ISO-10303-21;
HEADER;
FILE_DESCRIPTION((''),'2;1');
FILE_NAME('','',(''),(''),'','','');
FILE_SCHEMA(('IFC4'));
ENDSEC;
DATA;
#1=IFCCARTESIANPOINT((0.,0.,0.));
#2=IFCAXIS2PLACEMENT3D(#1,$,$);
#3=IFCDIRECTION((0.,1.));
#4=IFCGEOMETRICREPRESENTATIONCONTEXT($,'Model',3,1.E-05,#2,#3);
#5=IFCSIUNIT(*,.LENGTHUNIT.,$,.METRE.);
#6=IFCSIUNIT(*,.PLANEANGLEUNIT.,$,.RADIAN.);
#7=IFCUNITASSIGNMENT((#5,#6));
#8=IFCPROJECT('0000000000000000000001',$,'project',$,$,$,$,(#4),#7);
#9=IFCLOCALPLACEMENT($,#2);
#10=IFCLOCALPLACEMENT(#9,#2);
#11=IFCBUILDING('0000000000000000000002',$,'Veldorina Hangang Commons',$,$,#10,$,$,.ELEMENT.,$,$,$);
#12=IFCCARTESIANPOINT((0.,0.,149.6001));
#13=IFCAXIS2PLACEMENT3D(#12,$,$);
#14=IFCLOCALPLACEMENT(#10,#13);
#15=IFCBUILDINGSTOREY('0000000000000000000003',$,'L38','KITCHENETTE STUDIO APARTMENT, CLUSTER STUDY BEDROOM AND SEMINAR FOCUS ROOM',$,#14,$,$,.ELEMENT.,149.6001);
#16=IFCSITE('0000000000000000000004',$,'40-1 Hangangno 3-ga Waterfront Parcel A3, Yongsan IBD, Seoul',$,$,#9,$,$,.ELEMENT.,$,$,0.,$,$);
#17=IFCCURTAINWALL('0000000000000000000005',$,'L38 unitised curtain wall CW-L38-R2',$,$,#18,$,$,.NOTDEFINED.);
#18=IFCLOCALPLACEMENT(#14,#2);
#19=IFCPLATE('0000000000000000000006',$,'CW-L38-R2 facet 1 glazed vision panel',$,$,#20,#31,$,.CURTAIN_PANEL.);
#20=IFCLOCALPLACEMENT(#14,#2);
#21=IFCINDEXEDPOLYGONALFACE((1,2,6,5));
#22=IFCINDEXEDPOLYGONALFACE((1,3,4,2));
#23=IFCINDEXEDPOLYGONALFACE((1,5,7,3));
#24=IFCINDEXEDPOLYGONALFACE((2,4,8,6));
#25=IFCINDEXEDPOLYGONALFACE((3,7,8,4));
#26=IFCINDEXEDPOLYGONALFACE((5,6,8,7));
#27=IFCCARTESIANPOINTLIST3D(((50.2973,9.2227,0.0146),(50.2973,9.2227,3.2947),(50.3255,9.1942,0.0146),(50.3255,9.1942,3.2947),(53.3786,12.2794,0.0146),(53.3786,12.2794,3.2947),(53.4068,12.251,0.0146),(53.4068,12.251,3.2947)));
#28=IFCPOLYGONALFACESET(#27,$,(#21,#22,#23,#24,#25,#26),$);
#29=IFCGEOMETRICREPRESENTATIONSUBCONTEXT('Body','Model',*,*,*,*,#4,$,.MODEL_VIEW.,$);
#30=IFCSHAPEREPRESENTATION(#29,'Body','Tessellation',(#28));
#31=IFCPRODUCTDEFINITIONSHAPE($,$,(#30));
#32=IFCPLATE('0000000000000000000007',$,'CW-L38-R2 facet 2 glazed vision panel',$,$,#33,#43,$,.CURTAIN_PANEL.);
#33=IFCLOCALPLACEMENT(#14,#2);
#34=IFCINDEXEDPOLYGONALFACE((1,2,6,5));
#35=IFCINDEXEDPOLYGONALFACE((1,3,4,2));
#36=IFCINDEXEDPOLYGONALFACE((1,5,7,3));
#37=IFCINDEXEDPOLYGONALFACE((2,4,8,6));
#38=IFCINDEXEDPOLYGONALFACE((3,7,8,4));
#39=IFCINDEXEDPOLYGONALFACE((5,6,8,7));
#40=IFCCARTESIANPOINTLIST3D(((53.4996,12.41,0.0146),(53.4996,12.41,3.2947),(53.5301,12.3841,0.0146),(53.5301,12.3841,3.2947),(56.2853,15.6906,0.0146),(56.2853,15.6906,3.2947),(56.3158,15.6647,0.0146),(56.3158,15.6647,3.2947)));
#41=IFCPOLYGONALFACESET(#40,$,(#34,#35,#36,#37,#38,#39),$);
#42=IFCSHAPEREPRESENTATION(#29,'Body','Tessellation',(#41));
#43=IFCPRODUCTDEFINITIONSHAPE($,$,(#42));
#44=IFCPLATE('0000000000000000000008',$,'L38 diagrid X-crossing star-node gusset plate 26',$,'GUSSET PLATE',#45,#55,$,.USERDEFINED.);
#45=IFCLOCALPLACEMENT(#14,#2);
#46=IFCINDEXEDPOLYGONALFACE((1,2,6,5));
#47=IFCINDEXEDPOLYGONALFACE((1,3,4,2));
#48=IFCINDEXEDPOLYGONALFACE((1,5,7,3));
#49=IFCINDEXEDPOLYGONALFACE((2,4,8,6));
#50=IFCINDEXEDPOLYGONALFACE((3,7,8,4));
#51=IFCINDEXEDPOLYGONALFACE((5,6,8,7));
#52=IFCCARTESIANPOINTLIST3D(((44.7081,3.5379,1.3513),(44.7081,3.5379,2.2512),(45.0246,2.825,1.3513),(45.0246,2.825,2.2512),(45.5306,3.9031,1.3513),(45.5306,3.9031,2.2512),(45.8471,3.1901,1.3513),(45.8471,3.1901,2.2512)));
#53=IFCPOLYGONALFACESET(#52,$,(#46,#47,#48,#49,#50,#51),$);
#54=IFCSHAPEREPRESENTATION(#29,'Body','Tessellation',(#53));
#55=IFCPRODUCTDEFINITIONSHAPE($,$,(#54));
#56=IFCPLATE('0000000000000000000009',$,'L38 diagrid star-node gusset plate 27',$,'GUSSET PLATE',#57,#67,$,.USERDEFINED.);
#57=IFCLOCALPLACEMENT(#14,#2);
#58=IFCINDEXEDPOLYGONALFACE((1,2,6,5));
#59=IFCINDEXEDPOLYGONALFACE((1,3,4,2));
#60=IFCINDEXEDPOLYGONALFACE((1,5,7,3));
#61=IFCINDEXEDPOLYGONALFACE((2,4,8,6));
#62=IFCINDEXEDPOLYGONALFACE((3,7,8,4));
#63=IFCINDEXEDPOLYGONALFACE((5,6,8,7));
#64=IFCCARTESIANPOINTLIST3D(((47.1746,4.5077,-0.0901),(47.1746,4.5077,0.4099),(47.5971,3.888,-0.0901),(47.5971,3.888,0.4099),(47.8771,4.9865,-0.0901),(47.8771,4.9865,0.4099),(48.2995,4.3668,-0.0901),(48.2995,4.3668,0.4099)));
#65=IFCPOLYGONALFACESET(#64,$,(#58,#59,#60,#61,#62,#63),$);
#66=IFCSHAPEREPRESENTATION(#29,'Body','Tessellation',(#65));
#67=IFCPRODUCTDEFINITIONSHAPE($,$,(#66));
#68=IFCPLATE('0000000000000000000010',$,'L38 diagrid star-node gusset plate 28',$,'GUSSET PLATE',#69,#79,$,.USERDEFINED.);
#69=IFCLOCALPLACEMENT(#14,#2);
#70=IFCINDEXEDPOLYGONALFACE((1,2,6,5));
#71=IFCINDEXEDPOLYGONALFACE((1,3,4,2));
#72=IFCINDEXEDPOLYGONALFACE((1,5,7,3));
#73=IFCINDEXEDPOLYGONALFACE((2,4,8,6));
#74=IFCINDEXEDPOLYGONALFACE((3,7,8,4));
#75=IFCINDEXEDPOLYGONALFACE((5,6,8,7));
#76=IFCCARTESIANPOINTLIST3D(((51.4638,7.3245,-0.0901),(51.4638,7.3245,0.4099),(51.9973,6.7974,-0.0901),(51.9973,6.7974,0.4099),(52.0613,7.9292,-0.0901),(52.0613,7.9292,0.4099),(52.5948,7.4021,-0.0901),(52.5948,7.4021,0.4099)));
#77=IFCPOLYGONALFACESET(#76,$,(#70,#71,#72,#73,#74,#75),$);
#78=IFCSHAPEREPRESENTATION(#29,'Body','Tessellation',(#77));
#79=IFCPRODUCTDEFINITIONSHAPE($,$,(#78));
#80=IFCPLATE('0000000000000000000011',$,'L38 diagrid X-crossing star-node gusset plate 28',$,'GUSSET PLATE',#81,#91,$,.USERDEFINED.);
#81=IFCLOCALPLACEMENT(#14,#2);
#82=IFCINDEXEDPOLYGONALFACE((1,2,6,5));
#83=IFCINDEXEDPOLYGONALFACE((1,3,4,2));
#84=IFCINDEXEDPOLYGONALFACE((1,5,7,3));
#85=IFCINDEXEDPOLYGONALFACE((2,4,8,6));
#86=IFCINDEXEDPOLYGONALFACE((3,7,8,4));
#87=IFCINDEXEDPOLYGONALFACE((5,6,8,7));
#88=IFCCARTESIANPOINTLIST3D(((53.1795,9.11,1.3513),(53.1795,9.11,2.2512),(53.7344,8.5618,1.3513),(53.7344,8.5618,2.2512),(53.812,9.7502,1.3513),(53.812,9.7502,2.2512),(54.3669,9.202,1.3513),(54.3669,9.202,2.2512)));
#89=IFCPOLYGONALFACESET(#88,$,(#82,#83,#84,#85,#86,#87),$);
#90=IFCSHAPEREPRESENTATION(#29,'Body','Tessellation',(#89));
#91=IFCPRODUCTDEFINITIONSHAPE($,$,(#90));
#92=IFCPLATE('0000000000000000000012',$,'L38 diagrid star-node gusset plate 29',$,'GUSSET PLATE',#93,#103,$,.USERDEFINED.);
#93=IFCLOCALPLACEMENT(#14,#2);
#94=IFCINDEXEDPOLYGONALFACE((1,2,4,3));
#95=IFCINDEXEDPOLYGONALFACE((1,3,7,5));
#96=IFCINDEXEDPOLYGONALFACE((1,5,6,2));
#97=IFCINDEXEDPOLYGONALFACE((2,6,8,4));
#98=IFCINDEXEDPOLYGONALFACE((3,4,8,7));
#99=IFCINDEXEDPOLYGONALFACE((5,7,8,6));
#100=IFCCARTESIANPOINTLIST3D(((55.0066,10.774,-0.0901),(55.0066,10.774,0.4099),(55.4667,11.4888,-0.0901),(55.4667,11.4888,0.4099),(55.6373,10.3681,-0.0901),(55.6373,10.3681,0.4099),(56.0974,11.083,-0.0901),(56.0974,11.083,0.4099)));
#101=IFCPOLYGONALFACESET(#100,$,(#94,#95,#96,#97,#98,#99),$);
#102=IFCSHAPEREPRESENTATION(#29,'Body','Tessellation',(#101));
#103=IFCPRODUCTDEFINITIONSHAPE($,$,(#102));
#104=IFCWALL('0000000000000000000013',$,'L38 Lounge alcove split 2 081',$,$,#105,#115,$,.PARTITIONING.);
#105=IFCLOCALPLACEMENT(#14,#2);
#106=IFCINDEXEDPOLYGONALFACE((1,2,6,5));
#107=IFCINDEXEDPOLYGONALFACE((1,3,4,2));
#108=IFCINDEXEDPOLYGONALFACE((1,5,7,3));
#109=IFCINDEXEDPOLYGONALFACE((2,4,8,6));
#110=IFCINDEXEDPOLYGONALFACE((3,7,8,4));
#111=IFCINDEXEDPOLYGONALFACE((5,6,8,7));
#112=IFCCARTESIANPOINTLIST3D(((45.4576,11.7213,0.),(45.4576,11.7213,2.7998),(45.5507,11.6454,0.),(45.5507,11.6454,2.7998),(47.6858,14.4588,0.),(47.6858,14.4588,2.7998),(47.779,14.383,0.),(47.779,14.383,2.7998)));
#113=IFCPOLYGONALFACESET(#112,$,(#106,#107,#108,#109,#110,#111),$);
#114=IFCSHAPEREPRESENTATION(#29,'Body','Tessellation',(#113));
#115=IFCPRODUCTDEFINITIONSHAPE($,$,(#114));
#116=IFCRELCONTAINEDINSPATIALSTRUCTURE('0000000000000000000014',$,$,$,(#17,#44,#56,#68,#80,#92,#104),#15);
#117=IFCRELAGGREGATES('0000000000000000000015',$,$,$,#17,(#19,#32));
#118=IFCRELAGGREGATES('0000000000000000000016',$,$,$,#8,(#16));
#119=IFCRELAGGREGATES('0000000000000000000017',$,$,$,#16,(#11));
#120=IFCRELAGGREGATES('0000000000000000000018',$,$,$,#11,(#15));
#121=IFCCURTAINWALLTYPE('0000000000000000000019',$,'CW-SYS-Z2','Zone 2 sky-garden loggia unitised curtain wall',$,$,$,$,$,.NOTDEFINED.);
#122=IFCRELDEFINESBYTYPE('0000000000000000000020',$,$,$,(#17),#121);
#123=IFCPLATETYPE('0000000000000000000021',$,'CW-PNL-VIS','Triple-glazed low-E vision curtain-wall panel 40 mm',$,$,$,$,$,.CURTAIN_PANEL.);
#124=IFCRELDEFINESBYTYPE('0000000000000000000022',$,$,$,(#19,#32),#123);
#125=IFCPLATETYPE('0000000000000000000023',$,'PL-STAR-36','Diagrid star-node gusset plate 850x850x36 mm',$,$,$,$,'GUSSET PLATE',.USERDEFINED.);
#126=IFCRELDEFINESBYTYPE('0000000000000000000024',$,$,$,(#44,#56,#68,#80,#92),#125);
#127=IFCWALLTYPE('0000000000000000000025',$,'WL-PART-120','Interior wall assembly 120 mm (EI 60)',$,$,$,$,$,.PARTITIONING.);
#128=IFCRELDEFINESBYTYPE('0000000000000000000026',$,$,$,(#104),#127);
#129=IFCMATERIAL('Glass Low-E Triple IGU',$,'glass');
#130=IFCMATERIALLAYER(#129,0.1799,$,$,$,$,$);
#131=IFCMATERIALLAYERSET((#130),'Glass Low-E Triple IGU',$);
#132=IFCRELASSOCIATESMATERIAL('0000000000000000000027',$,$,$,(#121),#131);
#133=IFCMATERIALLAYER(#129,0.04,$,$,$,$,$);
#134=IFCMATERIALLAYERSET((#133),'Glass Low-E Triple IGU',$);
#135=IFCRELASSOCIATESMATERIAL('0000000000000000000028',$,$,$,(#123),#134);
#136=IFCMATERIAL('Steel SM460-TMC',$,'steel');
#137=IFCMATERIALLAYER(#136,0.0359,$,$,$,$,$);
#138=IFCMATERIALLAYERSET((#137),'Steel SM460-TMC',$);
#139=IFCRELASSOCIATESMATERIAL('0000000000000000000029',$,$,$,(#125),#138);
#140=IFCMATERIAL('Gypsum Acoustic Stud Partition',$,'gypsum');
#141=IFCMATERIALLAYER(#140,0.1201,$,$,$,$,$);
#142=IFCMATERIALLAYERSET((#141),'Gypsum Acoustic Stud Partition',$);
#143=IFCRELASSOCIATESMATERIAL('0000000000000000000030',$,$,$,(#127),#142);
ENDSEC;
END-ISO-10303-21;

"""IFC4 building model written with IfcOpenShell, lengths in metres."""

from ifc_helpers import new_model, si_unit, direction, frame, frame_2d, origin, origin_2d, place, context, subcontext, project, spatial, rectangle, extrude, material, layer, layer_set, type_object, element, aggregate, save


model = new_model("IFC4")

# Units and contexts
model_context = context("Model", 3, precision=1e-05, world=origin(), true_north=direction((0.0, 1.0)))
body_context = subcontext(model_context, "Body", "Model", "MODEL_VIEW")
ifc_project = project(units=[si_unit("LENGTHUNIT", "METRE"), si_unit("PLANEANGLEUNIT", "RADIAN")], contexts=[model_context])

# Site, building, storey
site_placement = place(None, origin())
site = spatial("IfcSite", under=ifc_project, at=site_placement, Name="40-1 Hangangno 3-ga Waterfront Parcel A3, Yongsan IBD, Seoul", CompositionType="ELEMENT", RefElevation=0.0)
building_placement = place(site_placement, origin())
building = spatial("IfcBuilding", under=site, at=building_placement, Name="Veldorina Hangang Commons", CompositionType="ELEMENT")
storey_placement = place(building_placement, frame((0.0, 0.0, 149.6001)))
storey = spatial("IfcBuildingStorey", under=building, at=storey_placement, Name="L38", Description="KITCHENETTE STUDIO APARTMENT, CLUSTER STUDY BEDROOM AND SEMINAR FOCUS ROOM", CompositionType="ELEMENT", Elevation=149.6001)

# Shared definitions
ifc_material_1 = material(Name="Glass Low-E Triple IGU", Category="glass")
ifc_layer_1 = layer(ifc_material_1, 0.1799)
ifc_layer_set_1 = layer_set([ifc_layer_1], Name="Glass Low-E Triple IGU")
curtain_wall_type = type_object("IfcCurtainWallType", Name="CW-SYS-Z2", Description="Zone 2 sky-garden loggia unitised curtain wall", PredefinedType="NOTDEFINED", material=ifc_layer_set_1)

# Curtain wall
curtain_wall_1_placement = place(storey_placement, origin())
curtain_wall_1 = element("IfcCurtainWall", 1, at=curtain_wall_1_placement, inside=storey, type_object=curtain_wall_type, Name="L38 unitised curtain wall CW-L38-R2", PredefinedType="NOTDEFINED")

# Plates
ifc_layer_2 = layer(ifc_material_1, 0.04)
ifc_layer_set_2 = layer_set([ifc_layer_2], Name="Glass Low-E Triple IGU")
plate_type_1 = type_object("IfcPlateType", Name="CW-PNL-VIS", Description="Triple-glazed low-E vision curtain-wall panel 40 mm", PredefinedType="CURTAIN_PANEL", material=ifc_layer_set_2)
plate_1_placement = place(storey_placement, frame((51.8521, 10.7368, 0.0146), z_axis=(0.0, 0.0, 1.0), x_axis=(0.70994, 0.704263, 0.0)))
plate_1 = element("IfcPlate", 2, at=plate_1_placement, type_object=plate_type_1, Name="CW-L38-R2 facet 1 glazed vision panel", PredefinedType="CURTAIN_PANEL", context=body_context, shape_type="SweptSolid", body=[
    extrude(rectangle(XDim=4.3403, YDim=0.04, at=origin_2d()), origin(), (0.0, 0.0, 1.0), 3.28),
])
plate_2_placement = place(storey_placement, frame((54.9077, 14.0374, 0.0146), z_axis=(0.0, 0.0, 1.0), x_axis=(0.647269, 0.762262, 0.0)))
plate_2 = element("IfcPlate", 3, at=plate_2_placement, type_object=plate_type_1, Name="CW-L38-R2 facet 2 glazed vision panel", PredefinedType="CURTAIN_PANEL", context=body_context, shape_type="SweptSolid", body=[
    extrude(rectangle(XDim=4.3037, YDim=0.04, at=origin_2d()), origin(), (0.0, 0.0, 1.0), 3.28),
])
aggregate(curtain_wall_1, [plate_1, plate_2])

# Plates
ifc_material_2 = material(Name="Steel SM460-TMC", Category="steel")
ifc_layer_3 = layer(ifc_material_2, 0.0359)
ifc_layer_set_3 = layer_set([ifc_layer_3], Name="Steel SM460-TMC")
plate_type_2 = type_object("IfcPlateType", Name="PL-STAR-36", Description="Diagrid star-node gusset plate 850x850x36 mm", ElementType="GUSSET PLATE", PredefinedType="USERDEFINED", material=ifc_layer_set_3)
plate_3_placement = place(storey_placement, frame((45.2776, 3.364, 1.3513), z_axis=(0.0, 0.0, 1.0), x_axis=(0.913971, 0.40578, 0.0)))
element("IfcPlate", 4, at=plate_3_placement, inside=storey, type_object=plate_type_2, Name="L38 diagrid X-crossing star-node gusset plate 26", ObjectType="GUSSET PLATE", PredefinedType="USERDEFINED", context=body_context, shape_type="SweptSolid", body=[
    extrude(rectangle(XDim=0.8999, YDim=0.78, at=origin_2d()), origin(), (0.0, 0.0, 1.0), 0.8999),
])
for number, where, z_axis, x_axis, name in (
    (5, (47.7371, 4.4373, -0.0901), (0.0, 0.0, 1.0), (0.826285, 0.563252, 0.0), "L38 diagrid star-node gusset plate 27"),
    (6, (52.0293, 7.3633, -0.0901), (0.0, 0.0, 1.0), (0.702836, 0.711352, 0.0), "L38 diagrid star-node gusset plate 28"),
):
    element("IfcPlate", number, at=place(storey_placement, frame(where, z_axis=z_axis, x_axis=x_axis)), inside=storey, type_object=plate_type_2, Name=name, ObjectType="GUSSET PLATE", PredefinedType="USERDEFINED", context=body_context, shape_type="SweptSolid", body=[
        extrude(rectangle(XDim=0.8501, YDim=0.75, at=origin_2d()), origin(), (0.0, 0.0, 1.0), 0.5),
    ])
plate_4_placement = place(storey_placement, frame((53.7732, 9.156, 1.3513), z_axis=(0.0, 0.0, 1.0), x_axis=(0.702836, 0.711352, 0.0)))
element("IfcPlate", 7, at=plate_4_placement, inside=storey, type_object=plate_type_2, Name="L38 diagrid X-crossing star-node gusset plate 28", ObjectType="GUSSET PLATE", PredefinedType="USERDEFINED", context=body_context, shape_type="SweptSolid", body=[
    extrude(rectangle(XDim=0.8999, YDim=0.78, at=origin_2d()), origin(), (0.0, 0.0, 1.0), 0.8999),
])
plate_5_placement = place(storey_placement, frame((55.552, 10.9285, -0.0901), z_axis=(0.0, 0.0, 1.0), x_axis=(0.541151, 0.840926, 0.0)))
element("IfcPlate", 8, at=plate_5_placement, inside=storey, type_object=plate_type_2, Name="L38 diagrid star-node gusset plate 29", ObjectType="GUSSET PLATE", PredefinedType="USERDEFINED", context=body_context, shape_type="SweptSolid", body=[
    extrude(rectangle(XDim=0.8501, YDim=0.75, at=origin_2d()), origin(), (0.0, 0.0, 1.0), 0.5),
])

# Wall
ifc_material_3 = material(Name="Gypsum Acoustic Stud Partition", Category="gypsum")
ifc_layer_4 = layer(ifc_material_3, 0.1201)
ifc_layer_set_4 = layer_set([ifc_layer_4], Name="Gypsum Acoustic Stud Partition")
wall_type_1 = type_object("IfcWallType", Name="WL-PART-120", Description="Interior wall assembly 120 mm (EI 60)", PredefinedType="PARTITIONING", material=ifc_layer_set_4)
wall_1_placement = place(storey_placement, frame((45.5042, 11.6833, 0.0), z_axis=(0.0, 0.0, 1.0), x_axis=(0.631277, 0.775557, 0.0)))
element("IfcWall", 9, at=wall_1_placement, inside=storey, type_object=wall_type_1, Name="L38 Lounge alcove split 2 081", PredefinedType="PARTITIONING", context=body_context, shape_type="SweptSolid", body=[
    extrude(rectangle(XDim=3.5298, YDim=0.1201, at=frame_2d((1.7649, 0.0))), origin(), (0.0, 0.0, 1.0), 2.7998),
])

save(model, "model.ifc")
